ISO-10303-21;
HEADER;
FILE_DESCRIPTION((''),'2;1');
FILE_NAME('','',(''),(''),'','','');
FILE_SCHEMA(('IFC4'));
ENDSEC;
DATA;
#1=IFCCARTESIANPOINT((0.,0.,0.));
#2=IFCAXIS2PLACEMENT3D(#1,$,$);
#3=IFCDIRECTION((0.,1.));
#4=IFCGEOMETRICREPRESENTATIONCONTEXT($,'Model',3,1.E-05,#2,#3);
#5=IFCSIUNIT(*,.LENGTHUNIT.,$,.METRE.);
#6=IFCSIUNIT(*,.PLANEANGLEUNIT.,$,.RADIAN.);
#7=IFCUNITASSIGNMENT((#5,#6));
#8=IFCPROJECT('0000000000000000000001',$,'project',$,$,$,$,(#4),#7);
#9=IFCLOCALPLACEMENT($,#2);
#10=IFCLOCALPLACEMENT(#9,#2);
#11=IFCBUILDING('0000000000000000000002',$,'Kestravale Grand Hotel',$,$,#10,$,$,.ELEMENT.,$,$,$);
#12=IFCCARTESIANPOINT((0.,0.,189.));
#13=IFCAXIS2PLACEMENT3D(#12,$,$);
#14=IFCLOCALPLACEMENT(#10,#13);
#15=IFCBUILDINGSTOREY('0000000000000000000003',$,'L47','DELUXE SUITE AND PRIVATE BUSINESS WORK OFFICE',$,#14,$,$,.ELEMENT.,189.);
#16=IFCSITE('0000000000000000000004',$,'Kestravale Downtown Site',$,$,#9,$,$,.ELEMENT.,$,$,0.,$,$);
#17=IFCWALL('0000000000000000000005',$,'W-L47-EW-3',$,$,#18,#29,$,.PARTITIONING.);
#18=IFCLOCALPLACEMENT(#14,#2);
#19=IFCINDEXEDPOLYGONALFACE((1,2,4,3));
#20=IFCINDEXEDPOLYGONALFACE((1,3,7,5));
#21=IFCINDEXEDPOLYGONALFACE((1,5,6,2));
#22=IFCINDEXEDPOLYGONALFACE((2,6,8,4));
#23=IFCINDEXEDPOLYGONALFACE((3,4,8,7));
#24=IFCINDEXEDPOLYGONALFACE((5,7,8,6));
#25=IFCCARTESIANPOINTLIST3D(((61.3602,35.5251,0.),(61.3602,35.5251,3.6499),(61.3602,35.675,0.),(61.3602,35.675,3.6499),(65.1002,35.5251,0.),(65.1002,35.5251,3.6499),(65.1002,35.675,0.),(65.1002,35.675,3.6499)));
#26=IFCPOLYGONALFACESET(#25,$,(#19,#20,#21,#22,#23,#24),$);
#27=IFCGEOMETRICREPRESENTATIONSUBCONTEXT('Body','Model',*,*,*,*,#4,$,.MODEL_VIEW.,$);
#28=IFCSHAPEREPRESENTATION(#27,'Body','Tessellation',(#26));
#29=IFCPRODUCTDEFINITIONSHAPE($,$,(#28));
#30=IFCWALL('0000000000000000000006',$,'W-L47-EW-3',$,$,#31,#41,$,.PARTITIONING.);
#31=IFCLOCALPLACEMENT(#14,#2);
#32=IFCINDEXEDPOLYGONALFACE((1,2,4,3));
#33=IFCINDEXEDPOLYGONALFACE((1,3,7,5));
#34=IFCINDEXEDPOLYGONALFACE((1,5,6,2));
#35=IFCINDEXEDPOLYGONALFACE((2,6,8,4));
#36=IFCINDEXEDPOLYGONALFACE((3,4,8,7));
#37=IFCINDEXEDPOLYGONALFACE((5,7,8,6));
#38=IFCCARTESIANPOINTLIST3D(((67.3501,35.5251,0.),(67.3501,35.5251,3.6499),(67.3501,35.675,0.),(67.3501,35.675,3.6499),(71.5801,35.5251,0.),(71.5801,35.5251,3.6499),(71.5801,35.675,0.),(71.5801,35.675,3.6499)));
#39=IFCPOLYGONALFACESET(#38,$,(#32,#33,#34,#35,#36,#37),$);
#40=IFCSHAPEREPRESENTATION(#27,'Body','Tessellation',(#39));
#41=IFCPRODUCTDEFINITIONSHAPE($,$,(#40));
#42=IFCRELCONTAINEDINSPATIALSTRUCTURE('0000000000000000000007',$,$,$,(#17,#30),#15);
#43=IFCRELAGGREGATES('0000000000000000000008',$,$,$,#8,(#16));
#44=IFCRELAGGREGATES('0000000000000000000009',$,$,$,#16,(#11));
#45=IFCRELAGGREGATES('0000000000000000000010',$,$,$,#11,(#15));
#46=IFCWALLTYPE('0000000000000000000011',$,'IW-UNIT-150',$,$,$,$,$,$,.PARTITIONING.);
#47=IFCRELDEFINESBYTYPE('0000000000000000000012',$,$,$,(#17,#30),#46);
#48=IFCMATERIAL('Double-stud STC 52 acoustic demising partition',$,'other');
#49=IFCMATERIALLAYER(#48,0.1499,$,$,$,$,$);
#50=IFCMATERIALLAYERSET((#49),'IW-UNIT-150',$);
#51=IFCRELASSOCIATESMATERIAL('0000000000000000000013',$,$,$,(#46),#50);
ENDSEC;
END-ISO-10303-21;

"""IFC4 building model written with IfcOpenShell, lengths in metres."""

from ifc_helpers import new_model, si_unit, direction, frame, frame_2d, origin, place, context, subcontext, project, spatial, rectangle, extrude, material, layer, layer_set, type_object, element, save


model = new_model("IFC4")

# Units and contexts
model_context = context("Model", 3, precision=1e-05, world=origin(), true_north=direction((0.0, 1.0)))
body_context = subcontext(model_context, "Body", "Model", "MODEL_VIEW")
ifc_project = project(units=[si_unit("LENGTHUNIT", "METRE"), si_unit("PLANEANGLEUNIT", "RADIAN")], contexts=[model_context])

# Site, building, storey
site_placement = place(None, origin())
site = spatial("IfcSite", under=ifc_project, at=site_placement, Name="Kestravale Downtown Site", CompositionType="ELEMENT", RefElevation=0.0)
building_placement = place(site_placement, origin())
building = spatial("IfcBuilding", under=site, at=building_placement, Name="Kestravale Grand Hotel", CompositionType="ELEMENT")
storey_placement = place(building_placement, frame((0.0, 0.0, 189.0)))
storey = spatial("IfcBuildingStorey", under=building, at=storey_placement, Name="L47", Description="DELUXE SUITE AND PRIVATE BUSINESS WORK OFFICE", CompositionType="ELEMENT", Elevation=189.0)

# Shared definitions
ifc_material_1 = material(Name="Double-stud STC 52 acoustic demising partition", Category="other")
ifc_layer_1 = layer(ifc_material_1, 0.1499)
ifc_layer_set_1 = layer_set([ifc_layer_1], Name="IW-UNIT-150")
wall_type_1 = type_object("IfcWallType", Name="IW-UNIT-150", PredefinedType="PARTITIONING", material=ifc_layer_set_1)

# Walls
wall_1_placement = place(storey_placement, frame((61.3601, 35.6001, 0.0), z_axis=(0.0, 0.0, 1.0), x_axis=(1.0, 0.0, 0.0)))
element("IfcWall", 1, at=wall_1_placement, inside=storey, type_object=wall_type_1, Name="W-L47-EW-3", PredefinedType="PARTITIONING", context=body_context, shape_type="SweptSolid", body=[
    extrude(rectangle(XDim=3.74, YDim=0.1499, at=frame_2d((1.8701, 0.0))), origin(), (0.0, 0.0, 1.0), 3.6499),
])
wall_2_placement = place(storey_placement, frame((67.3501, 35.6001, 0.0), z_axis=(0.0, 0.0, 1.0), x_axis=(1.0, 0.0, 0.0)))
element("IfcWall", 2, at=wall_2_placement, inside=storey, type_object=wall_type_1, Name="W-L47-EW-3", PredefinedType="PARTITIONING", context=body_context, shape_type="SweptSolid", body=[
    extrude(rectangle(XDim=4.23, YDim=0.1499, at=frame_2d((2.115, 0.0))), origin(), (0.0, 0.0, 1.0), 3.6499),
])

save(model, "model.ifc")
